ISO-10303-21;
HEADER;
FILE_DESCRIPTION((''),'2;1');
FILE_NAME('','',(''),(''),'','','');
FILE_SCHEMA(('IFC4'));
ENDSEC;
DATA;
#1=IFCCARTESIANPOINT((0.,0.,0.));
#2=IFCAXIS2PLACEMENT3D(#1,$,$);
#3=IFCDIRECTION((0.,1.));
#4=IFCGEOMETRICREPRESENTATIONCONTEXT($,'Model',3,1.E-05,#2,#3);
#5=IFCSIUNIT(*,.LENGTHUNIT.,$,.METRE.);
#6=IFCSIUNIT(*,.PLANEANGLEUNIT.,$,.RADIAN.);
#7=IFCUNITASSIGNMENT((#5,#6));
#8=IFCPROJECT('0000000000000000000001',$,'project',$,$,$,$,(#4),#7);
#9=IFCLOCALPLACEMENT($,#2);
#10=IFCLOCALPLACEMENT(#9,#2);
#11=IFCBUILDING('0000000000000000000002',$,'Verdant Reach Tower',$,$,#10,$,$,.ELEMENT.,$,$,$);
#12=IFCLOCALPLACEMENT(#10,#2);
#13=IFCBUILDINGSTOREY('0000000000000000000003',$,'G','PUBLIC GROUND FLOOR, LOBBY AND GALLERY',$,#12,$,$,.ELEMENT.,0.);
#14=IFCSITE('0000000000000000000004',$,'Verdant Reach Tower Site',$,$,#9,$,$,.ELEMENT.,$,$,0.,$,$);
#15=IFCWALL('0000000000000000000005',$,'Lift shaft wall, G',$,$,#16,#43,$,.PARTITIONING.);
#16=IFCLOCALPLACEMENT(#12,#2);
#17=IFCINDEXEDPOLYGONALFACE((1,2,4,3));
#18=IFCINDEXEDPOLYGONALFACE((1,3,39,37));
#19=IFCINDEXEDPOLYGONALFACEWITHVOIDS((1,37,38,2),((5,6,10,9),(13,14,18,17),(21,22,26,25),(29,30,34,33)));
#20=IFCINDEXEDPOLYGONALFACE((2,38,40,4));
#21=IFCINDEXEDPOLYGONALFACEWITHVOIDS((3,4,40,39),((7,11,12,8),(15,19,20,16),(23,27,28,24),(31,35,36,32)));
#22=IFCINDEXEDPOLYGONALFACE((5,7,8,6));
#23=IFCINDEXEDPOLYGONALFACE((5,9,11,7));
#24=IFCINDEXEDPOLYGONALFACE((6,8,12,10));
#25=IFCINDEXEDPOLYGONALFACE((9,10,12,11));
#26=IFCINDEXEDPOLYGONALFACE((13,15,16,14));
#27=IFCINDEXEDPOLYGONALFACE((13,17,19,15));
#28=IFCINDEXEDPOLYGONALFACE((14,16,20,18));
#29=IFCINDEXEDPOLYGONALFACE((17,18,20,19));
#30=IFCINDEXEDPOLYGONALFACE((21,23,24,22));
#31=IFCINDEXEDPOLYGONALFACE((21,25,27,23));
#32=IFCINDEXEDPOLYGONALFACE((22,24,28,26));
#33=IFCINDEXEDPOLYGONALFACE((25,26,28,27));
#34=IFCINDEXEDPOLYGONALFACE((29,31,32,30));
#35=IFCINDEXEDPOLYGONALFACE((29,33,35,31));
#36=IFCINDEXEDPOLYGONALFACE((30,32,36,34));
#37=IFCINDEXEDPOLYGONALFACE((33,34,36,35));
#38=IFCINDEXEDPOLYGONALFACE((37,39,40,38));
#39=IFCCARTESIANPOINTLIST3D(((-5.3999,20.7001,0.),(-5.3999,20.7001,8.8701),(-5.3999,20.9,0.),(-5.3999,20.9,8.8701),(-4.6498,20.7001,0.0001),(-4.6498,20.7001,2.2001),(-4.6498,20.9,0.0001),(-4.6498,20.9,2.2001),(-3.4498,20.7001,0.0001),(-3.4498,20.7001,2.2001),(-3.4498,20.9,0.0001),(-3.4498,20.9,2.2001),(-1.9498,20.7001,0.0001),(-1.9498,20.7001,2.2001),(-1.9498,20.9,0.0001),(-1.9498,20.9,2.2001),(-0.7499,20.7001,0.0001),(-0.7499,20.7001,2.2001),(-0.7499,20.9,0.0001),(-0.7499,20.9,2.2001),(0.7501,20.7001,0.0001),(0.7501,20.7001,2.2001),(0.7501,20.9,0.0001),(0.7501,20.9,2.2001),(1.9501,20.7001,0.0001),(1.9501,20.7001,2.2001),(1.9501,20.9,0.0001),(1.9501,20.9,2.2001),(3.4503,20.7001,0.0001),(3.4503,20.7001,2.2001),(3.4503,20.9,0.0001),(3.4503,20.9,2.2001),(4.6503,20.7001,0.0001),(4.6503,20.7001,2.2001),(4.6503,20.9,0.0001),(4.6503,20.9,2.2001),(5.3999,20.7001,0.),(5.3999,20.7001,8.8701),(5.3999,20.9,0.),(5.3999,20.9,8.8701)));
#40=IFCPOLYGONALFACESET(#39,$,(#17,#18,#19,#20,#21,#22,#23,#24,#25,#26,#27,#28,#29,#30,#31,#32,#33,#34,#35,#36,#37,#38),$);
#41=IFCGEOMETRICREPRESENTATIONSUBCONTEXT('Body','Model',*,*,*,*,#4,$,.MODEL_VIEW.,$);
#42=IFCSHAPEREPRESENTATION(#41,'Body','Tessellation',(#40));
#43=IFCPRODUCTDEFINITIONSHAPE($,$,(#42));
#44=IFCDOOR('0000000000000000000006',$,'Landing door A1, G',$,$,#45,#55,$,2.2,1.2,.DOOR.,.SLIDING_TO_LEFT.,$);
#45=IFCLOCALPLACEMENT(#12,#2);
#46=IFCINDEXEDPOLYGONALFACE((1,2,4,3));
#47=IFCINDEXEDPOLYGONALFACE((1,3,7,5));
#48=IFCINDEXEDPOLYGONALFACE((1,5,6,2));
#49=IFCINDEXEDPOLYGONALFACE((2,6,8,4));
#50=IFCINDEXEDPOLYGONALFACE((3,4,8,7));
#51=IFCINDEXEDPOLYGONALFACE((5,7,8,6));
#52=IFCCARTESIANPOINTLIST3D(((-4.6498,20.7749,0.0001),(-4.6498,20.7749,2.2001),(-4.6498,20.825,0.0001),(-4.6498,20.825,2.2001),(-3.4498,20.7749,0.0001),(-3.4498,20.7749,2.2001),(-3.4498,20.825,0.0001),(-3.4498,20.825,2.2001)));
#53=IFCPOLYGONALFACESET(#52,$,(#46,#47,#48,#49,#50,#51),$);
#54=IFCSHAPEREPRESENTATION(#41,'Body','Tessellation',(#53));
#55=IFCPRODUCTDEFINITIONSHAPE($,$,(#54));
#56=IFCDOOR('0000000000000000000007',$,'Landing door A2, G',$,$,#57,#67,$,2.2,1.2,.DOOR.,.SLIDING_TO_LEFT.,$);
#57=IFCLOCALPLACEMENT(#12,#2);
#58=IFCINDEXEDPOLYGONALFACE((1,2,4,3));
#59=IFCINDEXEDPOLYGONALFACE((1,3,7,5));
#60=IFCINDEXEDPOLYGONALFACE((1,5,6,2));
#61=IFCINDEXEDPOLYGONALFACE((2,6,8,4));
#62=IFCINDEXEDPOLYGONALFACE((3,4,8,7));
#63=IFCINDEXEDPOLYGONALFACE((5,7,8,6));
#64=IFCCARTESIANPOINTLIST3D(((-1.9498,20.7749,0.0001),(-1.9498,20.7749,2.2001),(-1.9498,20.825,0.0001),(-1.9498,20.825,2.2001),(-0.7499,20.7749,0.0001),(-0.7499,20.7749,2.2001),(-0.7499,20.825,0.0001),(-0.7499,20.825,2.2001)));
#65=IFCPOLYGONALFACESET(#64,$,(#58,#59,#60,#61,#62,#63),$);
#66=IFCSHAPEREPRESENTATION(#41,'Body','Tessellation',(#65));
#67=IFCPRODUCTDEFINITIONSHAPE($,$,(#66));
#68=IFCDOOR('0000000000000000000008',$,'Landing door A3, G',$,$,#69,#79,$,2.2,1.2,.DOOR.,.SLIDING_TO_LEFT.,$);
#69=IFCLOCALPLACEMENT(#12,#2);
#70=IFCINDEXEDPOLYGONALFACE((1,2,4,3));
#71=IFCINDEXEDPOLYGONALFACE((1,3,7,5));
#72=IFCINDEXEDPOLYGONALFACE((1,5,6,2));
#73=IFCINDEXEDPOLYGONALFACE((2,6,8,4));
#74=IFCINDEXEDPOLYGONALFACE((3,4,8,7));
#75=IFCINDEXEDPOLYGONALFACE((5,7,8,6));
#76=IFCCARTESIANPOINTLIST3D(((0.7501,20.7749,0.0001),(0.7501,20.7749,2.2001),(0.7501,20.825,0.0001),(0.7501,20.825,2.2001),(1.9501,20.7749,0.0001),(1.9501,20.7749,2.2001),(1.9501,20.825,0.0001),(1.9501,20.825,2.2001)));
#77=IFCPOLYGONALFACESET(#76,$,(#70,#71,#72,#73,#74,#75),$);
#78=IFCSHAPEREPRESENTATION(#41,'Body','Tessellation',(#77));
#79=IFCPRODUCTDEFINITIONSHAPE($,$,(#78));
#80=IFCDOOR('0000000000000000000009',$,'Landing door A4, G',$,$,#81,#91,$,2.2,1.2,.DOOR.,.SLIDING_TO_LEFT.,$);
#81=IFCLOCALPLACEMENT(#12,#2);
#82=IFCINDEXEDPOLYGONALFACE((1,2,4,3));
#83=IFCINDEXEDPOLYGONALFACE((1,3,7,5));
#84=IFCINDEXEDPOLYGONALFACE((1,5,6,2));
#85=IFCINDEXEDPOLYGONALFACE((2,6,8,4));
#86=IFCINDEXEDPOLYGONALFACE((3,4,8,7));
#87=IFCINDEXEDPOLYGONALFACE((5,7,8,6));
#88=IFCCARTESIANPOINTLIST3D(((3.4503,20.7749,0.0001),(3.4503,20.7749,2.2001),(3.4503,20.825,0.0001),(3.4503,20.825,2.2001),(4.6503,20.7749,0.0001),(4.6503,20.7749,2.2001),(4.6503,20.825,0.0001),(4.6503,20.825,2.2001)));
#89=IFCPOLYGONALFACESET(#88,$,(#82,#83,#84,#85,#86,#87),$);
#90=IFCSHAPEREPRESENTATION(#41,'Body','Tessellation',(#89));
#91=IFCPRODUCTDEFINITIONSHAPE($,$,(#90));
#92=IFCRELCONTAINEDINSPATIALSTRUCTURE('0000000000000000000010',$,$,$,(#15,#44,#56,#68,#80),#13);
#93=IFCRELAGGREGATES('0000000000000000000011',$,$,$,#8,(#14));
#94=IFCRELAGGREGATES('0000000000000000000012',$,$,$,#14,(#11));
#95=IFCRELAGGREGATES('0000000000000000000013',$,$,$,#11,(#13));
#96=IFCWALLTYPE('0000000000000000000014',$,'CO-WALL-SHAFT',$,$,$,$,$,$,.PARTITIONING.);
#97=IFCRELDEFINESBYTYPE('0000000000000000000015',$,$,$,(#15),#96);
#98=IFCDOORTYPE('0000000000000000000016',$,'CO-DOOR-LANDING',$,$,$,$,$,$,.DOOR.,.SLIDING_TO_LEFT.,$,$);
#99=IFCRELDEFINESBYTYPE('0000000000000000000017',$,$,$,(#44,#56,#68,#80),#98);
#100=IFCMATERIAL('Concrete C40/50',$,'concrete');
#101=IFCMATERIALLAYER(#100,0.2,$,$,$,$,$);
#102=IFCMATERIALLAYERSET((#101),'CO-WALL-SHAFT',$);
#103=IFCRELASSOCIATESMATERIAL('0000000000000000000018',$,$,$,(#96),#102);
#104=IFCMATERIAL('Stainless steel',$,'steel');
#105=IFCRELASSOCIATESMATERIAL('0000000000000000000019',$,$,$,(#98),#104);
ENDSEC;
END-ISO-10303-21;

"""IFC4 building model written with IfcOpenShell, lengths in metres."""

from ifc_helpers import new_model, si_unit, direction, frame, frame_2d, origin, place, context, subcontext, project, spatial, rectangle, extrude, material, layer, layer_set, type_object, element, fill, save


model = new_model("IFC4")

# Units and contexts
model_context = context("Model", 3, precision=1e-05, world=origin(), true_north=direction((0.0, 1.0)))
body_context = subcontext(model_context, "Body", "Model", "MODEL_VIEW")
ifc_project = project(units=[si_unit("LENGTHUNIT", "METRE"), si_unit("PLANEANGLEUNIT", "RADIAN")], contexts=[model_context])

# Site, building, storey
site_placement = place(None, origin())
site = spatial("IfcSite", under=ifc_project, at=site_placement, Name="Verdant Reach Tower Site", CompositionType="ELEMENT", RefElevation=0.0)
building_placement = place(site_placement, origin())
building = spatial("IfcBuilding", under=site, at=building_placement, Name="Verdant Reach Tower", CompositionType="ELEMENT")
storey_placement = place(building_placement, origin())
storey = spatial("IfcBuildingStorey", under=building, at=storey_placement, Name="G", Description="PUBLIC GROUND FLOOR, LOBBY AND GALLERY", CompositionType="ELEMENT", Elevation=0.0)

# Wall, openings, doors
ifc_material_1 = material(Name="Concrete C40/50", Category="concrete")
ifc_layer_1 = layer(ifc_material_1, 0.2)
ifc_layer_set_1 = layer_set([ifc_layer_1], Name="CO-WALL-SHAFT")
wall_type_1 = type_object("IfcWallType", Name="CO-WALL-SHAFT", PredefinedType="PARTITIONING", material=ifc_layer_set_1)
wall_1_placement = place(storey_placement, frame((-5.3999, 20.8, 0.0), z_axis=(0.0, 0.0, 1.0), x_axis=(1.0, 0.0, 0.0)))
wall_1 = element("IfcWall", 1, at=wall_1_placement, inside=storey, type_object=wall_type_1, Name="Lift shaft wall, G", PredefinedType="PARTITIONING", context=body_context, shape_type="SweptSolid", body=[
    extrude(rectangle(XDim=10.7998, YDim=0.2, at=frame_2d((5.3999, 0.0))), origin(), (0.0, 0.0, 1.0), 8.8701),
])
opening_1_placement = place(wall_1_placement, frame((0.75, 0.0, 0.0)))
opening_1 = element("IfcOpeningElement", 2, at=opening_1_placement, cuts=wall_1, PredefinedType="OPENING", context=body_context, shape_type="SweptSolid", body=[
    extrude(rectangle(XDim=1.2, YDim=2.2, at=frame_2d((0.6001, 1.1001))), frame((0.0, 0.1099, 0.0), z_axis=(0.0, -1.0, 0.0), x_axis=(1.0, 0.0, 0.0)), (0.0, 0.0, 1.0), 0.22),
])
opening_2_placement = place(wall_1_placement, frame((3.45, 0.0, 0.0)))
opening_2 = element("IfcOpeningElement", 3, at=opening_2_placement, cuts=wall_1, PredefinedType="OPENING", context=body_context, shape_type="SweptSolid", body=[
    extrude(rectangle(XDim=1.2, YDim=2.2, at=frame_2d((0.6001, 1.1001))), frame((0.0, 0.1099, 0.0), z_axis=(0.0, -1.0, 0.0), x_axis=(1.0, 0.0, 0.0)), (0.0, 0.0, 1.0), 0.22),
])
opening_3_placement = place(wall_1_placement, frame((6.1499, 0.0, 0.0)))
opening_3 = element("IfcOpeningElement", 4, at=opening_3_placement, cuts=wall_1, PredefinedType="OPENING", context=body_context, shape_type="SweptSolid", body=[
    extrude(rectangle(XDim=1.2, YDim=2.2, at=frame_2d((0.6001, 1.1001))), frame((0.0, 0.1099, 0.0), z_axis=(0.0, -1.0, 0.0), x_axis=(1.0, 0.0, 0.0)), (0.0, 0.0, 1.0), 0.22),
])
opening_4_placement = place(wall_1_placement, frame((8.8501, 0.0, 0.0)))
opening_4 = element("IfcOpeningElement", 5, at=opening_4_placement, cuts=wall_1, PredefinedType="OPENING", context=body_context, shape_type="SweptSolid", body=[
    extrude(rectangle(XDim=1.2, YDim=2.2, at=frame_2d((0.6001, 1.1001))), frame((0.0, 0.1099, 0.0), z_axis=(0.0, -1.0, 0.0), x_axis=(1.0, 0.0, 0.0)), (0.0, 0.0, 1.0), 0.22),
])
ifc_material_2 = material(Name="Stainless steel", Category="steel")
door_type_1 = type_object("IfcDoorType", Name="CO-DOOR-LANDING", OperationType="SLIDING_TO_LEFT", PredefinedType="DOOR", material=ifc_material_2)
door_1_placement = place(opening_1_placement, origin())
door_1 = element("IfcDoor", 6, at=door_1_placement, inside=storey, type_object=door_type_1, Name="Landing door A1, G", OperationType="SLIDING_TO_LEFT", OverallHeight=2.2, OverallWidth=1.2, PredefinedType="DOOR", context=body_context, shape_type="SweptSolid", body=[
    extrude(rectangle(XDim=1.2, YDim=2.2, at=frame_2d((0.6001, 1.1001))), frame((0.0, 0.0249, 0.0), z_axis=(0.0, -1.0, 0.0), x_axis=(1.0, 0.0, 0.0)), (0.0, 0.0, 1.0), 0.05),
])
fill(opening_1, door_1)
door_2_placement = place(opening_2_placement, origin())
door_2 = element("IfcDoor", 7, at=door_2_placement, inside=storey, type_object=door_type_1, Name="Landing door A2, G", OperationType="SLIDING_TO_LEFT", OverallHeight=2.2, OverallWidth=1.2, PredefinedType="DOOR", context=body_context, shape_type="SweptSolid", body=[
    extrude(rectangle(XDim=1.2, YDim=2.2, at=frame_2d((0.6001, 1.1001))), frame((0.0, 0.0249, 0.0), z_axis=(0.0, -1.0, 0.0), x_axis=(1.0, 0.0, 0.0)), (0.0, 0.0, 1.0), 0.05),
])
fill(opening_2, door_2)
door_3_placement = place(opening_3_placement, origin())
door_3 = element("IfcDoor", 8, at=door_3_placement, inside=storey, type_object=door_type_1, Name="Landing door A3, G", OperationType="SLIDING_TO_LEFT", OverallHeight=2.2, OverallWidth=1.2, PredefinedType="DOOR", context=body_context, shape_type="SweptSolid", body=[
    extrude(rectangle(XDim=1.2, YDim=2.2, at=frame_2d((0.6001, 1.1001))), frame((0.0, 0.0249, 0.0), z_axis=(0.0, -1.0, 0.0), x_axis=(1.0, 0.0, 0.0)), (0.0, 0.0, 1.0), 0.05),
])
fill(opening_3, door_3)
door_4_placement = place(opening_4_placement, origin())
door_4 = element("IfcDoor", 9, at=door_4_placement, inside=storey, type_object=door_type_1, Name="Landing door A4, G", OperationType="SLIDING_TO_LEFT", OverallHeight=2.2, OverallWidth=1.2, PredefinedType="DOOR", context=body_context, shape_type="SweptSolid", body=[
    extrude(rectangle(XDim=1.2, YDim=2.2, at=frame_2d((0.6001, 1.1001))), frame((0.0, 0.0249, 0.0), z_axis=(0.0, -1.0, 0.0), x_axis=(1.0, 0.0, 0.0)), (0.0, 0.0, 1.0), 0.05),
])
fill(opening_4, door_4)

save(model, "model.ifc")
